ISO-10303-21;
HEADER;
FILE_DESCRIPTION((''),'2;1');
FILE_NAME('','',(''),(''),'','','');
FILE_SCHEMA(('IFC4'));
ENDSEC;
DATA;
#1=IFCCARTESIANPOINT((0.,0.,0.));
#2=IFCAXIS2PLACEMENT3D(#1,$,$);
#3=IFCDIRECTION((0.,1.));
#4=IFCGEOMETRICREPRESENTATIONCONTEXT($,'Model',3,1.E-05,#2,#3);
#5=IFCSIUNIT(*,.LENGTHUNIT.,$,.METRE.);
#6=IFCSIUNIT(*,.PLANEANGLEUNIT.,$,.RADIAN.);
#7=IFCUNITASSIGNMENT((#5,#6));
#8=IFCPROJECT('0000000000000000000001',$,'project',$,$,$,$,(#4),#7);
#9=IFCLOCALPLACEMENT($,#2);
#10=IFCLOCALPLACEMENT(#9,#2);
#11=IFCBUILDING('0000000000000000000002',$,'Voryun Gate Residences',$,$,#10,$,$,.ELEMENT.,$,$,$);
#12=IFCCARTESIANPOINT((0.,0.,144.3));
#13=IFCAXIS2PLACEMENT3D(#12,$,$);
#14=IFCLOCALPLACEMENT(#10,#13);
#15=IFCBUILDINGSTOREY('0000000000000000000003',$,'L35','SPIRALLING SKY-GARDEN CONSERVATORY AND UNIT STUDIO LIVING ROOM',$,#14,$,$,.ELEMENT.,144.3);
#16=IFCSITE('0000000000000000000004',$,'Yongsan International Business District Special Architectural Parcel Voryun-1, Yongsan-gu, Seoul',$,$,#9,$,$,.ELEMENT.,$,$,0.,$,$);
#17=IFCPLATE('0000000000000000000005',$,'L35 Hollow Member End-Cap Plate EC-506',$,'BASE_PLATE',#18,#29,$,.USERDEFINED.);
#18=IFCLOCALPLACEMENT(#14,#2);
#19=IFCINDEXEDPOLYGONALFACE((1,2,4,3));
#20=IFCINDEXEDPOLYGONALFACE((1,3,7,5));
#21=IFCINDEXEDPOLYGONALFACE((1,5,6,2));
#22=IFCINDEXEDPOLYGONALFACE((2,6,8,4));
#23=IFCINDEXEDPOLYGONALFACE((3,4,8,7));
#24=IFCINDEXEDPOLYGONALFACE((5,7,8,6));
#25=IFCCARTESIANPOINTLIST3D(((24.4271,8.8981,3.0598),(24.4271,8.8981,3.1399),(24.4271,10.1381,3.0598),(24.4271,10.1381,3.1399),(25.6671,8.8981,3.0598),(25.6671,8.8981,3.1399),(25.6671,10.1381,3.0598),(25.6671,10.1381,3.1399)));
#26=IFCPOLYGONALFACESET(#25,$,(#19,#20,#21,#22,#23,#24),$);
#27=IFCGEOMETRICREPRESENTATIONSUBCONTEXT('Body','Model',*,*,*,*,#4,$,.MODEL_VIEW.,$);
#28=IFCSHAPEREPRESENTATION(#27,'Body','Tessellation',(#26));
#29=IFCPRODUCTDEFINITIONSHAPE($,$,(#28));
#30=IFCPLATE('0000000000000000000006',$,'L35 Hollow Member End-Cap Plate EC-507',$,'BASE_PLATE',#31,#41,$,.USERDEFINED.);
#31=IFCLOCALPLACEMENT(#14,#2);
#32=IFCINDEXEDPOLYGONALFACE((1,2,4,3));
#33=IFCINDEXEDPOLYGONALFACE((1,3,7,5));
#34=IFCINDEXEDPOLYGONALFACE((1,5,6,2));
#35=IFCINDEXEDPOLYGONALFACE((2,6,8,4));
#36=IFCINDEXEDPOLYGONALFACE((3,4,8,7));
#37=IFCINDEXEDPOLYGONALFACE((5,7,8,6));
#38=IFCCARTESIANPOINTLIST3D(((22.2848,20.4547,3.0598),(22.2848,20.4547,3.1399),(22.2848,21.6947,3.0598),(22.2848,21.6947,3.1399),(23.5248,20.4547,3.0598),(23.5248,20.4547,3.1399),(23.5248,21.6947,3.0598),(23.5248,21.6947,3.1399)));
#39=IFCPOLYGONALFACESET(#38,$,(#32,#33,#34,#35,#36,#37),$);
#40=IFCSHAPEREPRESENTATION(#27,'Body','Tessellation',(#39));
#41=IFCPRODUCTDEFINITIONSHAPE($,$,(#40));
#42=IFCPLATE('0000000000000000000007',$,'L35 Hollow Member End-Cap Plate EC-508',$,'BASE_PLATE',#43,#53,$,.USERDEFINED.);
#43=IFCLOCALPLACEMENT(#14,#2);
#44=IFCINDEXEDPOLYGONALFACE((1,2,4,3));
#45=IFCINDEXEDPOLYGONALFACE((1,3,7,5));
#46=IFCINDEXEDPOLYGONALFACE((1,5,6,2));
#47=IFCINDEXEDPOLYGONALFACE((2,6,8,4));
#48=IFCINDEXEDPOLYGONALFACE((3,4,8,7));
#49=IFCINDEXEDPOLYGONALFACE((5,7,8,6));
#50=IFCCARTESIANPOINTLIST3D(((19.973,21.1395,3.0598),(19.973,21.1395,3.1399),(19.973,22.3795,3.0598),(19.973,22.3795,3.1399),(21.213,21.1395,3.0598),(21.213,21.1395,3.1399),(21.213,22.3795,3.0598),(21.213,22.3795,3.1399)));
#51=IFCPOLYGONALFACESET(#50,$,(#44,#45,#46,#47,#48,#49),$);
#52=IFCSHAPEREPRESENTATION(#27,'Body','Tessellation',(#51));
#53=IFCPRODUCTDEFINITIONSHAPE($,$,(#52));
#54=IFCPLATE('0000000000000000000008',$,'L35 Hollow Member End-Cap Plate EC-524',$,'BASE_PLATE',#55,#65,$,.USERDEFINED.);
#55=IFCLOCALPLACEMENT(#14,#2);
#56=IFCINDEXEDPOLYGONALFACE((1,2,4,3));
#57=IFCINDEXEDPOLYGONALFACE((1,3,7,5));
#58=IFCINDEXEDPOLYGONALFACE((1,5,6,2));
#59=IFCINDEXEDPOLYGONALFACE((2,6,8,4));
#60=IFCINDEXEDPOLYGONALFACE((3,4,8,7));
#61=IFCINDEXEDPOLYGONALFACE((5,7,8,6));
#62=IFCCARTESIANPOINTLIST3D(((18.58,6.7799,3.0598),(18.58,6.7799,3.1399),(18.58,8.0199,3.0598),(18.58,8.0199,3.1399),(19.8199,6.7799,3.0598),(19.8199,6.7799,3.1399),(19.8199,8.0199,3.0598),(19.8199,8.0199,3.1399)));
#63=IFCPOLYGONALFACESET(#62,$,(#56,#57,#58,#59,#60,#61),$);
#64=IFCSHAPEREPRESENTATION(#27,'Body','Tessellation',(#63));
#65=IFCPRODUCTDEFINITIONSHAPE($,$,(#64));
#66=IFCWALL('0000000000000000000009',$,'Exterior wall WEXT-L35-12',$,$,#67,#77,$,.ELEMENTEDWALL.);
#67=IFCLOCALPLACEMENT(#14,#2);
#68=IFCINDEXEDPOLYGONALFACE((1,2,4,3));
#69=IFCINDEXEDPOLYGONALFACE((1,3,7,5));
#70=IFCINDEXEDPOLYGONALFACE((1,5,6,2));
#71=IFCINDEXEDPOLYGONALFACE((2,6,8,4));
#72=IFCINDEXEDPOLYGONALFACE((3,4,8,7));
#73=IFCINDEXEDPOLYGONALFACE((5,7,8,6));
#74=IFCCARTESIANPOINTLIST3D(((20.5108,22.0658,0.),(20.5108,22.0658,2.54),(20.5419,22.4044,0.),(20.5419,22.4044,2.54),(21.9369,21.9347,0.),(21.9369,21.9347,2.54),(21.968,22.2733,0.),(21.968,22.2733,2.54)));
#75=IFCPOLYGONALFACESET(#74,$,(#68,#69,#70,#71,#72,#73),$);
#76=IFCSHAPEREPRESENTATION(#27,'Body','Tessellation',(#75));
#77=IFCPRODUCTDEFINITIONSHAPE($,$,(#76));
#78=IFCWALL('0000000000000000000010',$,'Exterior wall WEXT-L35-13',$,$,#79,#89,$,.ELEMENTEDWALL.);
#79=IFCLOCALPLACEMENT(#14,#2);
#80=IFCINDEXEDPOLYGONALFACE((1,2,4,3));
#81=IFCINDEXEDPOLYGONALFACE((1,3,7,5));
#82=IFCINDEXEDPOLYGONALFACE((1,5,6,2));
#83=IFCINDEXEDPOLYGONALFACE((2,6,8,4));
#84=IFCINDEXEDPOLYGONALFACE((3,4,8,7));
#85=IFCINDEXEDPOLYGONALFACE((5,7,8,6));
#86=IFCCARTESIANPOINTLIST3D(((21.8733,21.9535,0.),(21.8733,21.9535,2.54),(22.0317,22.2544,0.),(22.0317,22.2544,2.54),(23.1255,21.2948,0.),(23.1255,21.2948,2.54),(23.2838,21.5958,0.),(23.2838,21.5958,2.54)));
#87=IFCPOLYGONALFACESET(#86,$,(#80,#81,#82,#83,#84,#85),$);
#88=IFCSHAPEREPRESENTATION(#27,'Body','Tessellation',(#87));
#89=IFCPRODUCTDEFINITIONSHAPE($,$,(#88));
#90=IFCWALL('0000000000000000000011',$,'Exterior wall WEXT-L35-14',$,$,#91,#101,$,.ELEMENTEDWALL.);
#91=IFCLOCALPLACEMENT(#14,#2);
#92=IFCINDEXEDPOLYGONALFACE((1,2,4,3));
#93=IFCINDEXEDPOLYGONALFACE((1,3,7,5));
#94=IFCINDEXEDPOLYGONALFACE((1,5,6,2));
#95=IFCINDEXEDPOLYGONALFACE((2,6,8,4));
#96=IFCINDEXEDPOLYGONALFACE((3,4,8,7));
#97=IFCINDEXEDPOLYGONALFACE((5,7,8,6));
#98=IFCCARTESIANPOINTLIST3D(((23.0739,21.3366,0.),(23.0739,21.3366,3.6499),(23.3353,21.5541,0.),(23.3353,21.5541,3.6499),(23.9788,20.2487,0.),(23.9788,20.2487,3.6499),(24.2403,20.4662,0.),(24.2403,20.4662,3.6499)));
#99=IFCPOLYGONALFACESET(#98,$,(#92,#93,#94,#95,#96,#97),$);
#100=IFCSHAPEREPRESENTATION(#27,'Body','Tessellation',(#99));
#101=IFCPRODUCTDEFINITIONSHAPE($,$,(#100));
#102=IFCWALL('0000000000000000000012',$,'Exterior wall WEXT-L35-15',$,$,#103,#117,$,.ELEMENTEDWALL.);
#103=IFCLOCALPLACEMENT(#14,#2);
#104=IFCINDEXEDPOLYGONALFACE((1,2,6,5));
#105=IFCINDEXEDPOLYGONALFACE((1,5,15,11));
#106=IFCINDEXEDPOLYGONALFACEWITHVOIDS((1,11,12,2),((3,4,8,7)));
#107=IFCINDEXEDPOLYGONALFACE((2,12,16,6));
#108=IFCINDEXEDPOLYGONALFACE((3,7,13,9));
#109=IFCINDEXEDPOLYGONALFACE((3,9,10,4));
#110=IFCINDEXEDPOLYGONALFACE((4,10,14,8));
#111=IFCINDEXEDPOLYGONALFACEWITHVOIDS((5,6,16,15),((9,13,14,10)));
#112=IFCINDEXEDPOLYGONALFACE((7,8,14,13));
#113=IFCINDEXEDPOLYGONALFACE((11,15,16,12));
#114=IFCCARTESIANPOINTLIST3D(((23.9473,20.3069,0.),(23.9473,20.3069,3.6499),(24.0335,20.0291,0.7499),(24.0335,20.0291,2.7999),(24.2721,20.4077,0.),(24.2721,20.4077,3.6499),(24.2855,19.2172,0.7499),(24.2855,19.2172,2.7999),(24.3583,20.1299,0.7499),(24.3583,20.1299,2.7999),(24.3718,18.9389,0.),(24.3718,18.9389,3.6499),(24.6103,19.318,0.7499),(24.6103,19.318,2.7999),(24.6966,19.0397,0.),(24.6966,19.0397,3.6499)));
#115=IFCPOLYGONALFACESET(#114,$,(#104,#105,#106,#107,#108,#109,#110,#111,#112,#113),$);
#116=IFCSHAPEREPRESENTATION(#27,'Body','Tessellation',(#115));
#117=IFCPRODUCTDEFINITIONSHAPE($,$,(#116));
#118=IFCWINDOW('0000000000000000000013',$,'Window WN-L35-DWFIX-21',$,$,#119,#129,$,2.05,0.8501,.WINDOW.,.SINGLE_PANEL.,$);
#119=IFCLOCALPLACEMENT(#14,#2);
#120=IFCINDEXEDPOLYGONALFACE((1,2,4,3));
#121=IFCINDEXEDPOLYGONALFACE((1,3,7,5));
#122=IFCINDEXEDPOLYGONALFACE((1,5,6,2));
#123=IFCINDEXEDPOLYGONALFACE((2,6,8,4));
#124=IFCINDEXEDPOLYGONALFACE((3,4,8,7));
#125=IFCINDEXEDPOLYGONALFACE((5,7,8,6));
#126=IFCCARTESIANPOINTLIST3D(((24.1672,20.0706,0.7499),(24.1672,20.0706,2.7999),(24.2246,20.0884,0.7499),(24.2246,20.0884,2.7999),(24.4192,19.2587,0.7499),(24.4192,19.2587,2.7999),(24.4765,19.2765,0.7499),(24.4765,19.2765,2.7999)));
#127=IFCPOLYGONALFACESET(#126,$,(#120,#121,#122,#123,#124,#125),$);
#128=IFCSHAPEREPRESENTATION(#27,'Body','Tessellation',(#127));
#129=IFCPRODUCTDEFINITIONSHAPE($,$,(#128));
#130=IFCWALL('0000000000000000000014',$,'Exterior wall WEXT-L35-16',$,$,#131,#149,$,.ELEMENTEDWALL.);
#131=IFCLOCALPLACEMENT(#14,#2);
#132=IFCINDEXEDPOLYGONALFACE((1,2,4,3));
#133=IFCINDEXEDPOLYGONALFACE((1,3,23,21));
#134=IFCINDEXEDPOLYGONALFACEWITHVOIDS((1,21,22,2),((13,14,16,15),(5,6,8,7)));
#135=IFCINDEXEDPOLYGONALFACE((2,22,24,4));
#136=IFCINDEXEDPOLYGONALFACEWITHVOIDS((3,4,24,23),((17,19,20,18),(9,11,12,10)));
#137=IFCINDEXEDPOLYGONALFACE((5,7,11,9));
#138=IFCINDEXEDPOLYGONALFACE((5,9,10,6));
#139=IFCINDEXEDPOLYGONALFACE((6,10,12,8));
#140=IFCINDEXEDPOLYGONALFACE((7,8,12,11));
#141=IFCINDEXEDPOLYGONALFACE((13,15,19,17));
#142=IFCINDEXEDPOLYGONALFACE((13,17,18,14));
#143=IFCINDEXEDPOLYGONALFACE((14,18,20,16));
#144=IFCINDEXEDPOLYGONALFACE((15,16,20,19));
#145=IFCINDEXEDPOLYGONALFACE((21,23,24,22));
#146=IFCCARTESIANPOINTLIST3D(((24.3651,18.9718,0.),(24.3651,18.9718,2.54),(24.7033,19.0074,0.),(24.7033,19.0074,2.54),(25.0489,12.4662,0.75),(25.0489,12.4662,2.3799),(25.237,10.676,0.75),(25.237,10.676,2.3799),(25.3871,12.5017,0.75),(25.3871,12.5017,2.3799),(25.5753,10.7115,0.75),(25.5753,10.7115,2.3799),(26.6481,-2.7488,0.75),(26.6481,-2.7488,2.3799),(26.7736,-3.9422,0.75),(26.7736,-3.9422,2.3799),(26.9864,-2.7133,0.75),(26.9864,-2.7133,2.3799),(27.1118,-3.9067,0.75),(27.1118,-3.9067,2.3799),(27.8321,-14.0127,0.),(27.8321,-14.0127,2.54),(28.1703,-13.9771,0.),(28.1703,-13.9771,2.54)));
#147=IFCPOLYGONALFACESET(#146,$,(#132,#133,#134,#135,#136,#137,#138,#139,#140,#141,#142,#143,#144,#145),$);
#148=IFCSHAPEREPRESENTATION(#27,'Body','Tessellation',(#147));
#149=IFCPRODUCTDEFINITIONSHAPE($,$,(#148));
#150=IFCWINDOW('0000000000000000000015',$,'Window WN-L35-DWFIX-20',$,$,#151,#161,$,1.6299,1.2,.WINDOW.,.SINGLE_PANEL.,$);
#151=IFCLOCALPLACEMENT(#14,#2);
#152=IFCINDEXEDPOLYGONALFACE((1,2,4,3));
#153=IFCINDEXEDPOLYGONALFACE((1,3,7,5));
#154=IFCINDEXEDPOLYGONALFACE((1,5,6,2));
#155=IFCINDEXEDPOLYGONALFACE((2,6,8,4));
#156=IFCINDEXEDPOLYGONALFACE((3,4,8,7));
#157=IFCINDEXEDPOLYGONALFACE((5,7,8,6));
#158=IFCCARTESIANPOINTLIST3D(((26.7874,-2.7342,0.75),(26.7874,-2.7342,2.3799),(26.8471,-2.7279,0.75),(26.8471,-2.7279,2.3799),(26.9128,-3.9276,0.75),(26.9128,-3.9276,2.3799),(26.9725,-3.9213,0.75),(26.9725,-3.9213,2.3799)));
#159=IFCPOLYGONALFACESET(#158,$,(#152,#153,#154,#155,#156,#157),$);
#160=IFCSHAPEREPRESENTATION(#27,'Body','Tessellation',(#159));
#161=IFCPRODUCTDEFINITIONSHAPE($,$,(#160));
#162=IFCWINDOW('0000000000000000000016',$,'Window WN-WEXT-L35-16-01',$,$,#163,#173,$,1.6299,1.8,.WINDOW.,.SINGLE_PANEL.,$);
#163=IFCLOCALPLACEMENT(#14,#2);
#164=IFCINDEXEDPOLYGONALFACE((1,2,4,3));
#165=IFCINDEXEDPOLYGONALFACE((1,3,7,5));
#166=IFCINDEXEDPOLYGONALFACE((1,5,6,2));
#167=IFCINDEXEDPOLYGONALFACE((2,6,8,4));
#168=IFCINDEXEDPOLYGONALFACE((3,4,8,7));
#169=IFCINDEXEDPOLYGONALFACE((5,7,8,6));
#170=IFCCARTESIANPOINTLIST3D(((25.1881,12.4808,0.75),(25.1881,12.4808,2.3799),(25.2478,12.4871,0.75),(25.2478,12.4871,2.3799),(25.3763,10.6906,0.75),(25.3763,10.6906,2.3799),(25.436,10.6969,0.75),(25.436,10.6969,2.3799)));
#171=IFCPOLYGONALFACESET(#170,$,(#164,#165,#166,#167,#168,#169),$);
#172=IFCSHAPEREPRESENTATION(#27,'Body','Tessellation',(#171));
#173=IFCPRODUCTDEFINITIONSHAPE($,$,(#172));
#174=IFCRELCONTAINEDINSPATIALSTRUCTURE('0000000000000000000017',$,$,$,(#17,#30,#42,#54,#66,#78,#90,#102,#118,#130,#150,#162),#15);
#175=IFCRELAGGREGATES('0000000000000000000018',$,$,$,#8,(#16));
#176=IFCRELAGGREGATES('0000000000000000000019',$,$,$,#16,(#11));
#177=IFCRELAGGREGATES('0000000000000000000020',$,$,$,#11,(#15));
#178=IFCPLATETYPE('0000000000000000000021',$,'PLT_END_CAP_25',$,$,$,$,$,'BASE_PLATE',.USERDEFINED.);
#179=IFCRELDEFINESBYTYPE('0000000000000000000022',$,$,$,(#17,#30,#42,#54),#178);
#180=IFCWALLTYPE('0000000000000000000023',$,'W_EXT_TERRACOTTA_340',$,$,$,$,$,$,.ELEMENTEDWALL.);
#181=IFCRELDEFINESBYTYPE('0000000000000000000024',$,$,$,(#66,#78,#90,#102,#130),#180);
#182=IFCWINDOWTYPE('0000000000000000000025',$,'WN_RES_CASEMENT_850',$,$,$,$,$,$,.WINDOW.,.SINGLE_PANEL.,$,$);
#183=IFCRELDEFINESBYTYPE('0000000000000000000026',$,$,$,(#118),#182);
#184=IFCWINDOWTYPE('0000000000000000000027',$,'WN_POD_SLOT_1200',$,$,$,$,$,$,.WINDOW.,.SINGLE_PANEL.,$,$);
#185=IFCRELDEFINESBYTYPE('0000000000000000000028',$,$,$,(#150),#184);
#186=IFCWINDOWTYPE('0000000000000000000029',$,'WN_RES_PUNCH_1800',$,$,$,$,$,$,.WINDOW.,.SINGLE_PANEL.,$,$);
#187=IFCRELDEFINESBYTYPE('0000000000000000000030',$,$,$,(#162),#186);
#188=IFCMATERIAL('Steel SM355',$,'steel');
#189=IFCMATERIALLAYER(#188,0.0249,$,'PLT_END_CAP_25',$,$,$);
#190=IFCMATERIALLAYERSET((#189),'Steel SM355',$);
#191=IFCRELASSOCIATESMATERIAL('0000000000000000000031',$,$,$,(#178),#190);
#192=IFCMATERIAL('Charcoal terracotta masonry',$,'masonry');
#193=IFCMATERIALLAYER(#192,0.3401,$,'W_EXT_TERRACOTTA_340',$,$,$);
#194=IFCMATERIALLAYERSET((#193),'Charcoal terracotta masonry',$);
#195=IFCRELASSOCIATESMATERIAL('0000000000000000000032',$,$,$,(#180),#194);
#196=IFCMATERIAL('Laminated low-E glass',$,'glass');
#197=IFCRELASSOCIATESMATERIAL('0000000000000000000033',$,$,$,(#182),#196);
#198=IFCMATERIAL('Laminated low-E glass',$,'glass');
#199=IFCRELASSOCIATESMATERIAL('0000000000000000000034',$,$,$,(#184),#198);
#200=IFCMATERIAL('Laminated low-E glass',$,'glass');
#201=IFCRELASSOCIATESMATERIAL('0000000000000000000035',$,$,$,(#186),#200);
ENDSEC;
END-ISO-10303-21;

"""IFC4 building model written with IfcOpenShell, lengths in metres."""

from ifc_helpers import new_model, si_unit, direction, frame, frame_2d, origin, origin_2d, place, context, subcontext, project, spatial, rectangle, extrude, material, layer, layer_set, type_object, element, fill, save


model = new_model("IFC4")

# Units and contexts
model_context = context("Model", 3, precision=1e-05, world=origin(), true_north=direction((0.0, 1.0)))
body_context = subcontext(model_context, "Body", "Model", "MODEL_VIEW")
ifc_project = project(units=[si_unit("LENGTHUNIT", "METRE"), si_unit("PLANEANGLEUNIT", "RADIAN")], contexts=[model_context])

# Site, building, storey
site_placement = place(None, origin())
site = spatial("IfcSite", under=ifc_project, at=site_placement, Name="Yongsan International Business District Special Architectural Parcel Voryun-1, Yongsan-gu, Seoul", CompositionType="ELEMENT", RefElevation=0.0)
building_placement = place(site_placement, origin())
building = spatial("IfcBuilding", under=site, at=building_placement, Name="Voryun Gate Residences", CompositionType="ELEMENT")
storey_placement = place(building_placement, frame((0.0, 0.0, 144.3)))
storey = spatial("IfcBuildingStorey", under=building, at=storey_placement, Name="L35", Description="SPIRALLING SKY-GARDEN CONSERVATORY AND UNIT STUDIO LIVING ROOM", CompositionType="ELEMENT", Elevation=144.3)

# Plates
ifc_material_1 = material(Name="Steel SM355", Category="steel")
ifc_layer_1 = layer(ifc_material_1, 0.0249, Name="PLT_END_CAP_25")
ifc_layer_set_1 = layer_set([ifc_layer_1], Name="Steel SM355")
plate_type = type_object("IfcPlateType", Name="PLT_END_CAP_25", ElementType="BASE_PLATE", PredefinedType="USERDEFINED", material=ifc_layer_set_1)
for number, where, z_axis, x_axis, name in (
    (1, (25.0471, 9.5181, 3.0598), (0.0, 0.0, 1.0), (1.0, 0.0, 0.0), "L35 Hollow Member End-Cap Plate EC-506"),
    (2, (22.9048, 21.0747, 3.0598), (0.0, 0.0, 1.0), (1.0, 0.0, 0.0), "L35 Hollow Member End-Cap Plate EC-507"),
    (3, (20.593, 21.7595, 3.0598), (0.0, 0.0, 1.0), (1.0, 0.0, 0.0), "L35 Hollow Member End-Cap Plate EC-508"),
    (4, (19.2, 7.3999, 3.0598), (0.0, 0.0, 1.0), (1.0, 0.0, 0.0), "L35 Hollow Member End-Cap Plate EC-524"),
):
    element("IfcPlate", number, at=place(storey_placement, frame(where, z_axis=z_axis, x_axis=x_axis)), inside=storey, type_object=plate_type, Name=name, ObjectType="BASE_PLATE", PredefinedType="USERDEFINED", context=body_context, shape_type="SweptSolid", body=[
        extrude(rectangle(XDim=1.24, YDim=1.24, at=origin_2d()), origin(), (0.0, 0.0, 1.0), 0.0801),
    ])

# Walls
ifc_material_2 = material(Name="Charcoal terracotta masonry", Category="masonry")
ifc_layer_2 = layer(ifc_material_2, 0.3401, Name="W_EXT_TERRACOTTA_340")
ifc_layer_set_2 = layer_set([ifc_layer_2], Name="Charcoal terracotta masonry")
wall_type_1 = type_object("IfcWallType", Name="W_EXT_TERRACOTTA_340", PredefinedType="ELEMENTEDWALL", material=ifc_layer_set_2)
wall_1_placement = place(storey_placement, frame((20.5264, 22.2351, 0.0), z_axis=(0.0, 0.0, 1.0), x_axis=(0.9958, -0.09155, 0.0)))
element("IfcWall", 5, at=wall_1_placement, inside=storey, type_object=wall_type_1, Name="Exterior wall WEXT-L35-12", PredefinedType="ELEMENTEDWALL", context=body_context, shape_type="SweptSolid", body=[
    extrude(rectangle(XDim=1.4321, YDim=0.3401, at=frame_2d((0.7161, 0.0))), origin(), (0.0, 0.0, 1.0), 2.54),
])
wall_2_placement = place(storey_placement, frame((21.9524, 22.104, 0.0), z_axis=(0.0, 0.0, 1.0), x_axis=(0.885023, -0.465547, 0.0)))
element("IfcWall", 6, at=wall_2_placement, inside=storey, type_object=wall_type_1, Name="Exterior wall WEXT-L35-13", PredefinedType="ELEMENTEDWALL", context=body_context, shape_type="SweptSolid", body=[
    extrude(rectangle(XDim=1.4148, YDim=0.3401, at=frame_2d((0.7075, 0.0))), origin(), (0.0, 0.0, 1.0), 2.54),
])
wall_3_placement = place(storey_placement, frame((23.2046, 21.4453, 0.0), z_axis=(0.0, 0.0, 1.0), x_axis=(0.639539, -0.768758, 0.0)))
element("IfcWall", 7, at=wall_3_placement, inside=storey, type_object=wall_type_1, Name="Exterior wall WEXT-L35-14", PredefinedType="ELEMENTEDWALL", context=body_context, shape_type="SweptSolid", body=[
    extrude(rectangle(XDim=1.415, YDim=0.3401, at=frame_2d((0.7075, 0.0))), origin(), (0.0, 0.0, 1.0), 3.6499),
])

# Wall, opening, window
wall_4_placement = place(storey_placement, frame((24.1096, 20.3574, 0.0), z_axis=(0.0, 0.0, 1.0), x_axis=(0.296421, -0.955057, 0.0)))
wall_4 = element("IfcWall", 8, at=wall_4_placement, inside=storey, type_object=wall_type_1, Name="Exterior wall WEXT-L35-15", PredefinedType="ELEMENTEDWALL", context=body_context, shape_type="SweptSolid", body=[
    extrude(rectangle(XDim=1.4324, YDim=0.3401, at=frame_2d((0.7163, 0.0))), origin(), (0.0, 0.0, 1.0), 3.6499),
])
opening_1_placement = place(wall_4_placement, frame((0.291, 0.0, 0.75)))
opening_1 = element("IfcOpeningElement", 9, at=opening_1_placement, cuts=wall_4, PredefinedType="OPENING", context=body_context, shape_type="SweptSolid", body=[
    extrude(rectangle(XDim=0.8501, YDim=2.05, at=frame_2d((0.425, 1.0249))), frame((0.0, 0.1799, 0.0), z_axis=(0.0, -1.0, 0.0), x_axis=(1.0, 0.0, 0.0)), (0.0, 0.0, 1.0), 0.3601),
])
ifc_material_3 = material(Name="Laminated low-E glass", Category="glass")
window_type_1 = type_object("IfcWindowType", Name="WN_RES_CASEMENT_850", PartitioningType="SINGLE_PANEL", PredefinedType="WINDOW", material=ifc_material_3)
window_1_placement = place(opening_1_placement, origin())
window_1 = element("IfcWindow", 10, at=window_1_placement, inside=storey, type_object=window_type_1, Name="Window WN-L35-DWFIX-21", OverallHeight=2.05, OverallWidth=0.8501, PartitioningType="SINGLE_PANEL", PredefinedType="WINDOW", context=body_context, shape_type="SweptSolid", body=[
    extrude(rectangle(XDim=0.8501, YDim=2.05, at=frame_2d((0.425, 1.0249))), frame((0.0, 0.03, 0.0), z_axis=(0.0, -1.0, 0.0), x_axis=(1.0, 0.0, 0.0)), (0.0, 0.0, 1.0), 0.0601),
])
fill(opening_1, window_1)

# Wall, openings, windows
wall_5_placement = place(storey_placement, frame((24.5342, 18.9895, 0.0), z_axis=(0.0, 0.0, 1.0), x_axis=(0.104535, -0.994521, 0.0)))
wall_5 = element("IfcWall", 11, at=wall_5_placement, inside=storey, type_object=wall_type_1, Name="Exterior wall WEXT-L35-16", PredefinedType="ELEMENTEDWALL", context=body_context, shape_type="SweptSolid", body=[
    extrude(rectangle(XDim=33.1663, YDim=0.3401, at=frame_2d((16.583, 0.0))), origin(), (0.0, 0.0, 1.0), 2.54),
])
opening_2_placement = place(wall_5_placement, frame((6.5415, 0.0, 0.75)))
opening_2 = element("IfcOpeningElement", 12, at=opening_2_placement, cuts=wall_5, PredefinedType="OPENING", context=body_context, shape_type="SweptSolid", body=[
    extrude(rectangle(XDim=1.8, YDim=1.6299, at=frame_2d((0.8999, 0.8149))), frame((0.0, 0.1799, 0.0), z_axis=(0.0, -1.0, 0.0), x_axis=(1.0, 0.0, 0.0)), (0.0, 0.0, 1.0), 0.3601),
])
opening_3_placement = place(wall_5_placement, frame((21.8401, 0.0, 0.75)))
opening_3 = element("IfcOpeningElement", 13, at=opening_3_placement, cuts=wall_5, PredefinedType="OPENING", context=body_context, shape_type="SweptSolid", body=[
    extrude(rectangle(XDim=1.2, YDim=1.6299, at=frame_2d((0.6001, 0.8149))), frame((0.0, 0.1799, 0.0), z_axis=(0.0, -1.0, 0.0), x_axis=(1.0, 0.0, 0.0)), (0.0, 0.0, 1.0), 0.3601),
])
ifc_material_4 = material(Name="Laminated low-E glass", Category="glass")
window_type_2 = type_object("IfcWindowType", Name="WN_POD_SLOT_1200", PartitioningType="SINGLE_PANEL", PredefinedType="WINDOW", material=ifc_material_4)
window_2_placement = place(opening_3_placement, origin())
window_2 = element("IfcWindow", 14, at=window_2_placement, inside=storey, type_object=window_type_2, Name="Window WN-L35-DWFIX-20", OverallHeight=1.6299, OverallWidth=1.2, PartitioningType="SINGLE_PANEL", PredefinedType="WINDOW", context=body_context, shape_type="SweptSolid", body=[
    extrude(rectangle(XDim=1.2, YDim=1.6299, at=frame_2d((0.6001, 0.8149))), frame((0.0, 0.03, 0.0), z_axis=(0.0, -1.0, 0.0), x_axis=(1.0, 0.0, 0.0)), (0.0, 0.0, 1.0), 0.0601),
])
fill(opening_3, window_2)
ifc_material_5 = material(Name="Laminated low-E glass", Category="glass")
window_type_3 = type_object("IfcWindowType", Name="WN_RES_PUNCH_1800", PartitioningType="SINGLE_PANEL", PredefinedType="WINDOW", material=ifc_material_5)
window_3_placement = place(opening_2_placement, origin())
window_3 = element("IfcWindow", 15, at=window_3_placement, inside=storey, type_object=window_type_3, Name="Window WN-WEXT-L35-16-01", OverallHeight=1.6299, OverallWidth=1.8, PartitioningType="SINGLE_PANEL", PredefinedType="WINDOW", context=body_context, shape_type="SweptSolid", body=[
    extrude(rectangle(XDim=1.8, YDim=1.6299, at=frame_2d((0.8999, 0.8149))), frame((0.0, 0.03, 0.0), z_axis=(0.0, -1.0, 0.0), x_axis=(1.0, 0.0, 0.0)), (0.0, 0.0, 1.0), 0.0601),
])
fill(opening_2, window_3)

save(model, "model.ifc")
